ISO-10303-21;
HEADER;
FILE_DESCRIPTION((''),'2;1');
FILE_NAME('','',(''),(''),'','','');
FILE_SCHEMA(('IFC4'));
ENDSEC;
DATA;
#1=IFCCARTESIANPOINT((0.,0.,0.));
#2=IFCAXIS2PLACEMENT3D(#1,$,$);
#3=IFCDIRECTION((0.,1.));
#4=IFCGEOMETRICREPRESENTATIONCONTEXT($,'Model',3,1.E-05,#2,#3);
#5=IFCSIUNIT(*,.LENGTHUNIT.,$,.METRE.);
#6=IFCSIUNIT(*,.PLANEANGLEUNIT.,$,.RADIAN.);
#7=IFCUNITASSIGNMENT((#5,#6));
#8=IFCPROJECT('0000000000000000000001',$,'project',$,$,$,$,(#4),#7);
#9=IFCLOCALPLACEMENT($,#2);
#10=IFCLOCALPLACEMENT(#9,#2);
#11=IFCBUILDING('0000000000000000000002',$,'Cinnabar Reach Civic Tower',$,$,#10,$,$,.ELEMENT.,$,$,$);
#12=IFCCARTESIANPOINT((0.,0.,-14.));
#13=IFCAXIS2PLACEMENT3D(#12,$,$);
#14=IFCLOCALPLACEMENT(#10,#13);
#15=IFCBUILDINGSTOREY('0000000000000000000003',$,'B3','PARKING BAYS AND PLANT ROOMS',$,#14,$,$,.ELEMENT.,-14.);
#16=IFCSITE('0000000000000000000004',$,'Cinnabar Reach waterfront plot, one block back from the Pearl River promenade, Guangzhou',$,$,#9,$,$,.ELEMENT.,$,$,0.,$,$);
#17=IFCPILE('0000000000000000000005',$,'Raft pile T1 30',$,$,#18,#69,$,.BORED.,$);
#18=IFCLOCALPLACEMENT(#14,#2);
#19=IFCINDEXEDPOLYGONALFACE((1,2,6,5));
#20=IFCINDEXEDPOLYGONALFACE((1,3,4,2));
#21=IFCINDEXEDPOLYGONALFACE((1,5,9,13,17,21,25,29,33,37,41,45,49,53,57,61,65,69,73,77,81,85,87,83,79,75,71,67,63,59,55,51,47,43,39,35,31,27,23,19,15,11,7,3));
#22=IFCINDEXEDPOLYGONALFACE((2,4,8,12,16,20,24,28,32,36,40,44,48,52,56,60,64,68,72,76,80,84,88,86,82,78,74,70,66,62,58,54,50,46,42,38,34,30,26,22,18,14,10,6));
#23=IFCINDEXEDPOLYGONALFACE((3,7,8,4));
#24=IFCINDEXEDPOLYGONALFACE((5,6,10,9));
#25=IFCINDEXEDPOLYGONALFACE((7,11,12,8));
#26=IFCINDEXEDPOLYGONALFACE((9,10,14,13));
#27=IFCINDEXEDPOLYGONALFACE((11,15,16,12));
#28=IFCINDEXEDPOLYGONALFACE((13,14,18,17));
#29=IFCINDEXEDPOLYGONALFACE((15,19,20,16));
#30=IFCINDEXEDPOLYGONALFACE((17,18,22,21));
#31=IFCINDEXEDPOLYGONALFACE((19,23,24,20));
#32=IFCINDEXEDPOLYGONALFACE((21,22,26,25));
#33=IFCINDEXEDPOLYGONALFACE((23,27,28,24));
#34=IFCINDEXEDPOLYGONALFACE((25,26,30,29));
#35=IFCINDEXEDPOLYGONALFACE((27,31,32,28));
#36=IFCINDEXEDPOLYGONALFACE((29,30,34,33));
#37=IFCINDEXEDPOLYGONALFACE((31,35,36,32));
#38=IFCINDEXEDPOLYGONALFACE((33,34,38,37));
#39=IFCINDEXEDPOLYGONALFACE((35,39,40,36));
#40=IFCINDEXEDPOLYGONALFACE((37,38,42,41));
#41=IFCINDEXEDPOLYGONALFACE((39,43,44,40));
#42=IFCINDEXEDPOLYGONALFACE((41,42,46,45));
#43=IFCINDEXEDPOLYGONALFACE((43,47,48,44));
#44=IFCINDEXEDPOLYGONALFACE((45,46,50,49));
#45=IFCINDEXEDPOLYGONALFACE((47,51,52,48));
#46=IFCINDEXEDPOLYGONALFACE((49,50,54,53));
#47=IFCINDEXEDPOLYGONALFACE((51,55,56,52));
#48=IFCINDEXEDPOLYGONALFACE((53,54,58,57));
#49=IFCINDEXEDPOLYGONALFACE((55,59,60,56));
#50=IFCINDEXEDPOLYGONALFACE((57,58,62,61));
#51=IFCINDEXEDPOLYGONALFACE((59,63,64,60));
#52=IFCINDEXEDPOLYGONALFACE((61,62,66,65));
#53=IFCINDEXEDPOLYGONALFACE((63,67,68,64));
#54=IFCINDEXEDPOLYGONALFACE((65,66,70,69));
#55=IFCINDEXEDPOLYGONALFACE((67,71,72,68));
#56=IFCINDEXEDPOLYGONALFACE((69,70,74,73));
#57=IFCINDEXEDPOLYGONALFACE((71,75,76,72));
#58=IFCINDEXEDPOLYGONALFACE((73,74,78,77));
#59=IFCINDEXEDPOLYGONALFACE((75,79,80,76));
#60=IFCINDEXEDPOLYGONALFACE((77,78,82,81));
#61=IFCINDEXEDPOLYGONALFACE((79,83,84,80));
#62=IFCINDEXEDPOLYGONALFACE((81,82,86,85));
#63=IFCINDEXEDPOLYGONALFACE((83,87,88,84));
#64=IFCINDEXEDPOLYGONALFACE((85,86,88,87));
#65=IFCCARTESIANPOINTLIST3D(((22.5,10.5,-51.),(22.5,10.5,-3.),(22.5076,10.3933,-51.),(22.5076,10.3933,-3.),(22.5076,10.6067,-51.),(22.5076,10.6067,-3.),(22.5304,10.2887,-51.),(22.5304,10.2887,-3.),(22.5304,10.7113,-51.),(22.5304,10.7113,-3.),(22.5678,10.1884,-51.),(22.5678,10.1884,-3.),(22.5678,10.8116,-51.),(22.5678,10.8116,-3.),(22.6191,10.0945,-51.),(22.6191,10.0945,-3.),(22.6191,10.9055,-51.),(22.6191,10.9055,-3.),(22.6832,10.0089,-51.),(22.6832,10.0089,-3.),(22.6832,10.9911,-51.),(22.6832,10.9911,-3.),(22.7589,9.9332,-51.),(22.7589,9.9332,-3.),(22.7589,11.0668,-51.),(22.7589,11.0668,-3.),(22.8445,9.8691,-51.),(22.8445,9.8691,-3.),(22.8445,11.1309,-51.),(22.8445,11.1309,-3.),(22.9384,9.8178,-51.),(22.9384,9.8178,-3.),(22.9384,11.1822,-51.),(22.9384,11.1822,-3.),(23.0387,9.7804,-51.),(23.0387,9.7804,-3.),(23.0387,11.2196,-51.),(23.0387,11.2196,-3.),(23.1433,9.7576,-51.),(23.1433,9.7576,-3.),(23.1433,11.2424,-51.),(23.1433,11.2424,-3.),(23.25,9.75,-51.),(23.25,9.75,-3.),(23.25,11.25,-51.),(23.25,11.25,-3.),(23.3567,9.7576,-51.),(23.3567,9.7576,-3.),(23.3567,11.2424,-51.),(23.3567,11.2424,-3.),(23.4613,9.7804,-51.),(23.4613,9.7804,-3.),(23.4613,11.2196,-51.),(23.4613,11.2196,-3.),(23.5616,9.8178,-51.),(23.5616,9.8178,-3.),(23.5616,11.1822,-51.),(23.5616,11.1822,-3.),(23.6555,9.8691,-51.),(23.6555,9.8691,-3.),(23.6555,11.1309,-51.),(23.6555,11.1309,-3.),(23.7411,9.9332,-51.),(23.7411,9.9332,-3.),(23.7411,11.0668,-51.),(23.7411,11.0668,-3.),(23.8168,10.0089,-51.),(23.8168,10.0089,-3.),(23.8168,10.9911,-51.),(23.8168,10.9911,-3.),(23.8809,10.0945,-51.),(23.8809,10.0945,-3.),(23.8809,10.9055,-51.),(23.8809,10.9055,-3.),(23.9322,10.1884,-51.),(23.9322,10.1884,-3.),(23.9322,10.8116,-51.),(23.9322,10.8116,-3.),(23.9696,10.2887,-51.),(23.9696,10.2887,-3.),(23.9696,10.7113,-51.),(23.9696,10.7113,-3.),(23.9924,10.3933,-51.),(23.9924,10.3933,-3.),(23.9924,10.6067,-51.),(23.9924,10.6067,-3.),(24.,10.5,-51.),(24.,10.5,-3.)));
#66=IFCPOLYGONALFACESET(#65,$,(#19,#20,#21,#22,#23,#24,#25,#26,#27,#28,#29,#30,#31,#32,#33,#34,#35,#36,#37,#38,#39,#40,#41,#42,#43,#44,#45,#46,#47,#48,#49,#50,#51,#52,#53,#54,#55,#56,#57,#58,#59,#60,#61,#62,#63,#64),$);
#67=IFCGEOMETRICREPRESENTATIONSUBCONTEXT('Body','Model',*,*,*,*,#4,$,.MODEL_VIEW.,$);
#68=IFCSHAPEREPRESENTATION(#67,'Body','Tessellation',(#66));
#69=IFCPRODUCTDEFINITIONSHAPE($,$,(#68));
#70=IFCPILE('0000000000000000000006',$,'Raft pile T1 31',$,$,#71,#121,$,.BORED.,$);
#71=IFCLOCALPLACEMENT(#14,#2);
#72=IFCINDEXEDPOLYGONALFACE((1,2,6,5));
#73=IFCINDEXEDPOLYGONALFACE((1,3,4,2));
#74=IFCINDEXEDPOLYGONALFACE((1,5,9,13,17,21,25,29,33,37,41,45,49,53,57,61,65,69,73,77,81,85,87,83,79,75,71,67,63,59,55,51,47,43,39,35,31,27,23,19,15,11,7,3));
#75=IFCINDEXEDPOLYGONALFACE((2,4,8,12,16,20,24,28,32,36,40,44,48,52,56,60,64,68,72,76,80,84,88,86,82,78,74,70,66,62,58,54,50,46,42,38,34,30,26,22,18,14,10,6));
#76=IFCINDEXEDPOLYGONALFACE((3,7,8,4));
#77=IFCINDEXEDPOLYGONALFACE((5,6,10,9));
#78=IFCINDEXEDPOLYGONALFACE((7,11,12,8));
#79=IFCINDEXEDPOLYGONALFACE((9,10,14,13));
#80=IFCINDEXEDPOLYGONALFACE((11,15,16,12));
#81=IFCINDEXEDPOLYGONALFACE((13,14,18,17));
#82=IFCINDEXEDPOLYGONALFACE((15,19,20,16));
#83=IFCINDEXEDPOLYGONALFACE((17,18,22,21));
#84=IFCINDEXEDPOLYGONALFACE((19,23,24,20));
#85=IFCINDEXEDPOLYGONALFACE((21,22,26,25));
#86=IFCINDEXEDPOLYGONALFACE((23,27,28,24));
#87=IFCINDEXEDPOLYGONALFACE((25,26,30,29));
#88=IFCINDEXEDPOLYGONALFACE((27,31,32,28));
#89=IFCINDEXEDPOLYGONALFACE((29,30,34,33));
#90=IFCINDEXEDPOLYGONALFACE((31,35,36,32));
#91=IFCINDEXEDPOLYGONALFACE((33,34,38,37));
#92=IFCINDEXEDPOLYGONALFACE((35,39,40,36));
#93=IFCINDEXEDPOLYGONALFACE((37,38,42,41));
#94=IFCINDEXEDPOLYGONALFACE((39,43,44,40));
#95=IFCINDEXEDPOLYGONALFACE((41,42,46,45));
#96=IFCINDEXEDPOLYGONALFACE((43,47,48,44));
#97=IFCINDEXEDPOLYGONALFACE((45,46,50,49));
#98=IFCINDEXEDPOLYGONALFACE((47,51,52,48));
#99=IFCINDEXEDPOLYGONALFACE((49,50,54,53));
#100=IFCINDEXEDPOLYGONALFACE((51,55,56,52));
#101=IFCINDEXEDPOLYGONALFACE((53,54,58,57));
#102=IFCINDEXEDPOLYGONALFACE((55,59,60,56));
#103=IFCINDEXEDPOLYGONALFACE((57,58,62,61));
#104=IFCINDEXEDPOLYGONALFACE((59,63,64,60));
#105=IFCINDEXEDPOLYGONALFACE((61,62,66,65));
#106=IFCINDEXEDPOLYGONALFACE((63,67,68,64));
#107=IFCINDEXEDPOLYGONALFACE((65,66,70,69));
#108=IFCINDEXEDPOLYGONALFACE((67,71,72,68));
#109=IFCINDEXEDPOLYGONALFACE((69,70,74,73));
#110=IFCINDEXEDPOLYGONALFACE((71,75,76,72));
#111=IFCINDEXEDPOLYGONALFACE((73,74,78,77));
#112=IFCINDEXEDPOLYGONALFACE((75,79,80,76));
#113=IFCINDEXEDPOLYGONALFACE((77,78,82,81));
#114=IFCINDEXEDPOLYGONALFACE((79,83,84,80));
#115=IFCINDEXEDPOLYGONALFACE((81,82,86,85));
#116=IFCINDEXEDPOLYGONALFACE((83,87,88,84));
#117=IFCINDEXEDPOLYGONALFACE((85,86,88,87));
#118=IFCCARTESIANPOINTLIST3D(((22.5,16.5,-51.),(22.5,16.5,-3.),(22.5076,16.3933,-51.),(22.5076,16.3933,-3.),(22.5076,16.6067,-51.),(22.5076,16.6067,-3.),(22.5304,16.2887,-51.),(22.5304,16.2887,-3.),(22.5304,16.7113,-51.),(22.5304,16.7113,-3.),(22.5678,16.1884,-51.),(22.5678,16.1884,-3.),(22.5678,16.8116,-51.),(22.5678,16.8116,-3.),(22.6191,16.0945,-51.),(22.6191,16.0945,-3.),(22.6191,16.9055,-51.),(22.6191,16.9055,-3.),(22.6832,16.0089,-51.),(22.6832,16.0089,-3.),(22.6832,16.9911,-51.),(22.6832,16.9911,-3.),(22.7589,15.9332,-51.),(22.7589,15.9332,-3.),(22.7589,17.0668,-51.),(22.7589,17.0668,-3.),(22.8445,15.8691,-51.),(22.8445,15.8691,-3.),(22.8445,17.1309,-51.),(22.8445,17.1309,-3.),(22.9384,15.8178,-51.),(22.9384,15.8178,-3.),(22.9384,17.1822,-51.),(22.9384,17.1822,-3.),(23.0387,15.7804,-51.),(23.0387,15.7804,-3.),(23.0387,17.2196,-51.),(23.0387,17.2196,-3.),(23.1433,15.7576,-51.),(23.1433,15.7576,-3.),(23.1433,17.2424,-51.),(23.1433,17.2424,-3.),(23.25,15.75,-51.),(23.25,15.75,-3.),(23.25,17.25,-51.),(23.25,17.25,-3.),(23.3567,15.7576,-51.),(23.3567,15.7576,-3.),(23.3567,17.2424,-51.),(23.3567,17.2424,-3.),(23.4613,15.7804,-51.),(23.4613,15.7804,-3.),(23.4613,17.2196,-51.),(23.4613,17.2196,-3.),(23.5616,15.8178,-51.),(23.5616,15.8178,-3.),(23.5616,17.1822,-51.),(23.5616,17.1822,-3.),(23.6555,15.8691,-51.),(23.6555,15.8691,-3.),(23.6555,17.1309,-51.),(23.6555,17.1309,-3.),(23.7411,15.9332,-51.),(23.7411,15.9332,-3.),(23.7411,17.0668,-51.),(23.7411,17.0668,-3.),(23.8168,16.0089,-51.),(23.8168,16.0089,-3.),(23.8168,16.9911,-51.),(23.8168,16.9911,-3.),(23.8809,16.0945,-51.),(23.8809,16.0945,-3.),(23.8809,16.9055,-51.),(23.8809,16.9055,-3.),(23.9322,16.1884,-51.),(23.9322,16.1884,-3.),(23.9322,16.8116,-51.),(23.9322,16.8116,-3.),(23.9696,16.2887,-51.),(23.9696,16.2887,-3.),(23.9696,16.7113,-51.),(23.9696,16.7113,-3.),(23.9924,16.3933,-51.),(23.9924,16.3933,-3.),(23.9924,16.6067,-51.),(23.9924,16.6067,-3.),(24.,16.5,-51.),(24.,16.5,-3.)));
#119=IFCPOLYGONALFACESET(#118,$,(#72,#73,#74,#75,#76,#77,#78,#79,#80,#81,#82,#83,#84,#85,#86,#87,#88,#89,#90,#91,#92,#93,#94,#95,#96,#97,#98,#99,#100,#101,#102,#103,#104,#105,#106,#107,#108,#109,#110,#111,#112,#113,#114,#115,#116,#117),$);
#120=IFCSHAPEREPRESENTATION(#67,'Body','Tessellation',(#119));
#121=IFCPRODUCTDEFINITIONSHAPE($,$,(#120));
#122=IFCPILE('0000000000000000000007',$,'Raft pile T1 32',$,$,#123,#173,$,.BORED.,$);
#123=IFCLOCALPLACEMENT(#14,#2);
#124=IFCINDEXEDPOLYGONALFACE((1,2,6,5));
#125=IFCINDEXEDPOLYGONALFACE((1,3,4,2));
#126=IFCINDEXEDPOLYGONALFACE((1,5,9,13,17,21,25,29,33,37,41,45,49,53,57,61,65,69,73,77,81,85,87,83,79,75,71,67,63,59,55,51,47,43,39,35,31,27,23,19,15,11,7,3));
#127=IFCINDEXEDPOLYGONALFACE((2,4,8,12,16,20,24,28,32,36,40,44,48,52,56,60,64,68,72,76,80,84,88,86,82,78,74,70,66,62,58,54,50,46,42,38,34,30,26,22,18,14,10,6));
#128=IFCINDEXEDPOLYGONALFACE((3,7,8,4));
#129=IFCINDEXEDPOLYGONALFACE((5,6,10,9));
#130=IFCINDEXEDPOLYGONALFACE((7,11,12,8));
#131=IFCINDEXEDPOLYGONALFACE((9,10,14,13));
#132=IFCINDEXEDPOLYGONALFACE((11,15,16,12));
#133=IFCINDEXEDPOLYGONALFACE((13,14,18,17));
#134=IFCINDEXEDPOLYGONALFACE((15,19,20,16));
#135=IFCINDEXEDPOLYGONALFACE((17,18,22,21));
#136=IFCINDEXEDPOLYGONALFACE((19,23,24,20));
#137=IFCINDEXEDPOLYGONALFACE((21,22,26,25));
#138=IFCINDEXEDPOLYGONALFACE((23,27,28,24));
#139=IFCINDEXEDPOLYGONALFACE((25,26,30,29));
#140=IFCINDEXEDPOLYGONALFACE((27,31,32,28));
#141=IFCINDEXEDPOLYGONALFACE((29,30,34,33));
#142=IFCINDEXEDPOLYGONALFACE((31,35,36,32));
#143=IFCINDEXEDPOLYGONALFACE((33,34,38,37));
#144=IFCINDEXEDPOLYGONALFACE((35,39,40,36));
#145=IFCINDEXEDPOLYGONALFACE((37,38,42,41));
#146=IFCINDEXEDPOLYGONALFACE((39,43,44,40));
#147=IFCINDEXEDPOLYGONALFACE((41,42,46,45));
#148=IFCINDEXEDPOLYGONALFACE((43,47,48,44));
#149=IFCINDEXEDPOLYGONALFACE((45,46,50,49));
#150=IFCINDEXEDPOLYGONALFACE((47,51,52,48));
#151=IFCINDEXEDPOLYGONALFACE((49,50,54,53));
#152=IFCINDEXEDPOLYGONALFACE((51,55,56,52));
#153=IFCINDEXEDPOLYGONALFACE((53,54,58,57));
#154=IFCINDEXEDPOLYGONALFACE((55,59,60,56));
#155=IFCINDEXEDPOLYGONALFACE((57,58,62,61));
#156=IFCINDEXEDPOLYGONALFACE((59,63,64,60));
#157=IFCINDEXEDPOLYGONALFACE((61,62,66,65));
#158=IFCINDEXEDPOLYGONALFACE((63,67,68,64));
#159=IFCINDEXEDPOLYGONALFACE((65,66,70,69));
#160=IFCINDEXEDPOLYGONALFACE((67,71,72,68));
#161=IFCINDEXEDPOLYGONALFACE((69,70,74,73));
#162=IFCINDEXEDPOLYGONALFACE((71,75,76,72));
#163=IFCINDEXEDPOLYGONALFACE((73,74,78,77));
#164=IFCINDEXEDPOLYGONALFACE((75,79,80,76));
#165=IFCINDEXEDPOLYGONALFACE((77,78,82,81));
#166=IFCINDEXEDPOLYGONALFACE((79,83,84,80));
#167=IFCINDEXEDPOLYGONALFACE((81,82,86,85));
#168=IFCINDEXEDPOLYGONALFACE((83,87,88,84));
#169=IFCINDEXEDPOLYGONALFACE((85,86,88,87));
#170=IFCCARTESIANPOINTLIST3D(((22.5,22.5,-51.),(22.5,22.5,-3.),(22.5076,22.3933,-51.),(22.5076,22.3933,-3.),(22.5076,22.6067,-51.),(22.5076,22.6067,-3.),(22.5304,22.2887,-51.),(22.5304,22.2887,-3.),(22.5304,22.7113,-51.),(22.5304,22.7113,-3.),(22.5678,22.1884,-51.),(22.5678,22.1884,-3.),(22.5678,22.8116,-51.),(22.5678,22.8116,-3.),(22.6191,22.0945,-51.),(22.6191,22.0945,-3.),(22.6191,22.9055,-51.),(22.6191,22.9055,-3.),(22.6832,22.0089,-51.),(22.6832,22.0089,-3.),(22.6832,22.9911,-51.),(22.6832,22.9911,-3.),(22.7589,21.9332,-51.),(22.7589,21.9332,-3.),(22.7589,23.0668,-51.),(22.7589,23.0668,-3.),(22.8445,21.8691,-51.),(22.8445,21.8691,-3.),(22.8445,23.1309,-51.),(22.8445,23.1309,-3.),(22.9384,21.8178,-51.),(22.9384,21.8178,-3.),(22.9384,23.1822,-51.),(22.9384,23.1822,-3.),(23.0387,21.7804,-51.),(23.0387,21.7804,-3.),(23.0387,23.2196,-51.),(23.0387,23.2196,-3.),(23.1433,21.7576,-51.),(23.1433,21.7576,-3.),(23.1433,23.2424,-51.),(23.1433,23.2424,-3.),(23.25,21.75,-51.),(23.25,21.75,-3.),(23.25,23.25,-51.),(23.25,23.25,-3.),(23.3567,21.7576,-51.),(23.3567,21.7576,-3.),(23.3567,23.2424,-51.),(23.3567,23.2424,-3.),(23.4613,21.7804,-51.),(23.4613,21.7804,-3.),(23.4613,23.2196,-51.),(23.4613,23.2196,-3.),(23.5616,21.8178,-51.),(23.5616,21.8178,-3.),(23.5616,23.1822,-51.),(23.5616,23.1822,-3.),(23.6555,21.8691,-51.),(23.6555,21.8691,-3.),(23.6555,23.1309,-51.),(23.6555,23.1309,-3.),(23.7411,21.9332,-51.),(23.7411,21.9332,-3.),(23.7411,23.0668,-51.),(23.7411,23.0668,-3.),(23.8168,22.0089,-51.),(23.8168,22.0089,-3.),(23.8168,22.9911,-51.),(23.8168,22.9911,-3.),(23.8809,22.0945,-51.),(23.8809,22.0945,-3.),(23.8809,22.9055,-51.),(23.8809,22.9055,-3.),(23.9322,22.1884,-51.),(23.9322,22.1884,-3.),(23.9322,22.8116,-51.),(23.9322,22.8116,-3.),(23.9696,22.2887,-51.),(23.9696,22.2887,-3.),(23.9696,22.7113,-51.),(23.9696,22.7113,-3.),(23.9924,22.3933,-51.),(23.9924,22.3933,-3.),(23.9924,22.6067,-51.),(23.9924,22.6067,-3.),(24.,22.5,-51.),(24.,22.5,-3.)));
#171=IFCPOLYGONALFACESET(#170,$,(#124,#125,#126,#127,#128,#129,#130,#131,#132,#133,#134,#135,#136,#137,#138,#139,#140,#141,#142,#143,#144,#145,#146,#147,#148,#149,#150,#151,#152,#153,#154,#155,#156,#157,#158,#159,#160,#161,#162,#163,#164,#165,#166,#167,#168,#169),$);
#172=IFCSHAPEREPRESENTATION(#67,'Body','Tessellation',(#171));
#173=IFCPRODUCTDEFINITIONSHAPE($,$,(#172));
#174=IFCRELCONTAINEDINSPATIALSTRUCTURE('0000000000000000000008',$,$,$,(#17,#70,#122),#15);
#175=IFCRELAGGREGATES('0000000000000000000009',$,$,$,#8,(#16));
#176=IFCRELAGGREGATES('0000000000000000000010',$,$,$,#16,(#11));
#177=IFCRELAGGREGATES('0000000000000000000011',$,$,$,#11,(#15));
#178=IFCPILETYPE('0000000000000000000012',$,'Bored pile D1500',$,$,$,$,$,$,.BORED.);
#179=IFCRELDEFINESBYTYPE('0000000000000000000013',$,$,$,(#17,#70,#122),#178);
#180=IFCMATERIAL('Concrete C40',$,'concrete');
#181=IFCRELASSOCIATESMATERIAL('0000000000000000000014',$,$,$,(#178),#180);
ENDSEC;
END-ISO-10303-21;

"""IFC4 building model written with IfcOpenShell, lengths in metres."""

from ifc_helpers import new_model, si_unit, direction, frame, origin, origin_2d, place, context, subcontext, project, spatial, circle, extrude, material, type_object, element, save


model = new_model("IFC4")

# Units and contexts
model_context = context("Model", 3, precision=1e-05, world=origin(), true_north=direction((0.0, 1.0)))
body_context = subcontext(model_context, "Body", "Model", "MODEL_VIEW")
ifc_project = project(units=[si_unit("LENGTHUNIT", "METRE"), si_unit("PLANEANGLEUNIT", "RADIAN")], contexts=[model_context])

# Site, building, storey
site_placement = place(None, origin())
site = spatial("IfcSite", under=ifc_project, at=site_placement, Name="Cinnabar Reach waterfront plot, one block back from the Pearl River promenade, Guangzhou", CompositionType="ELEMENT", RefElevation=0.0)
building_placement = place(site_placement, origin())
building = spatial("IfcBuilding", under=site, at=building_placement, Name="Cinnabar Reach Civic Tower", CompositionType="ELEMENT")
storey_placement = place(building_placement, frame((0.0, 0.0, -14.0)))
storey = spatial("IfcBuildingStorey", under=building, at=storey_placement, Name="B3", Description="PARKING BAYS AND PLANT ROOMS", CompositionType="ELEMENT", Elevation=-14.0)

# Piles
ifc_material_1 = material(Name="Concrete C40", Category="concrete")
pile_type = type_object("IfcPileType", Name="Bored pile D1500", PredefinedType="BORED", material=ifc_material_1)
for number, where, z_axis, x_axis, name in (
    (1, (23.25, 10.5, -3.0), (0.0, 0.0, -1.0), (1.0, 0.0, 0.0), "Raft pile T1 30"),
    (2, (23.25, 16.5, -3.0), (0.0, 0.0, -1.0), (1.0, 0.0, 0.0), "Raft pile T1 31"),
    (3, (23.25, 22.5, -3.0), (0.0, 0.0, -1.0), (1.0, 0.0, 0.0), "Raft pile T1 32"),
):
    element("IfcPile", number, at=place(storey_placement, frame(where, z_axis=z_axis, x_axis=x_axis)), inside=storey, type_object=pile_type, Name=name, PredefinedType="BORED", context=body_context, shape_type="SweptSolid", body=[
        extrude(circle(Radius=0.75, at=origin_2d()), origin(), (0.0, 0.0, 1.0), 48.0),
    ])

save(model, "model.ifc")
